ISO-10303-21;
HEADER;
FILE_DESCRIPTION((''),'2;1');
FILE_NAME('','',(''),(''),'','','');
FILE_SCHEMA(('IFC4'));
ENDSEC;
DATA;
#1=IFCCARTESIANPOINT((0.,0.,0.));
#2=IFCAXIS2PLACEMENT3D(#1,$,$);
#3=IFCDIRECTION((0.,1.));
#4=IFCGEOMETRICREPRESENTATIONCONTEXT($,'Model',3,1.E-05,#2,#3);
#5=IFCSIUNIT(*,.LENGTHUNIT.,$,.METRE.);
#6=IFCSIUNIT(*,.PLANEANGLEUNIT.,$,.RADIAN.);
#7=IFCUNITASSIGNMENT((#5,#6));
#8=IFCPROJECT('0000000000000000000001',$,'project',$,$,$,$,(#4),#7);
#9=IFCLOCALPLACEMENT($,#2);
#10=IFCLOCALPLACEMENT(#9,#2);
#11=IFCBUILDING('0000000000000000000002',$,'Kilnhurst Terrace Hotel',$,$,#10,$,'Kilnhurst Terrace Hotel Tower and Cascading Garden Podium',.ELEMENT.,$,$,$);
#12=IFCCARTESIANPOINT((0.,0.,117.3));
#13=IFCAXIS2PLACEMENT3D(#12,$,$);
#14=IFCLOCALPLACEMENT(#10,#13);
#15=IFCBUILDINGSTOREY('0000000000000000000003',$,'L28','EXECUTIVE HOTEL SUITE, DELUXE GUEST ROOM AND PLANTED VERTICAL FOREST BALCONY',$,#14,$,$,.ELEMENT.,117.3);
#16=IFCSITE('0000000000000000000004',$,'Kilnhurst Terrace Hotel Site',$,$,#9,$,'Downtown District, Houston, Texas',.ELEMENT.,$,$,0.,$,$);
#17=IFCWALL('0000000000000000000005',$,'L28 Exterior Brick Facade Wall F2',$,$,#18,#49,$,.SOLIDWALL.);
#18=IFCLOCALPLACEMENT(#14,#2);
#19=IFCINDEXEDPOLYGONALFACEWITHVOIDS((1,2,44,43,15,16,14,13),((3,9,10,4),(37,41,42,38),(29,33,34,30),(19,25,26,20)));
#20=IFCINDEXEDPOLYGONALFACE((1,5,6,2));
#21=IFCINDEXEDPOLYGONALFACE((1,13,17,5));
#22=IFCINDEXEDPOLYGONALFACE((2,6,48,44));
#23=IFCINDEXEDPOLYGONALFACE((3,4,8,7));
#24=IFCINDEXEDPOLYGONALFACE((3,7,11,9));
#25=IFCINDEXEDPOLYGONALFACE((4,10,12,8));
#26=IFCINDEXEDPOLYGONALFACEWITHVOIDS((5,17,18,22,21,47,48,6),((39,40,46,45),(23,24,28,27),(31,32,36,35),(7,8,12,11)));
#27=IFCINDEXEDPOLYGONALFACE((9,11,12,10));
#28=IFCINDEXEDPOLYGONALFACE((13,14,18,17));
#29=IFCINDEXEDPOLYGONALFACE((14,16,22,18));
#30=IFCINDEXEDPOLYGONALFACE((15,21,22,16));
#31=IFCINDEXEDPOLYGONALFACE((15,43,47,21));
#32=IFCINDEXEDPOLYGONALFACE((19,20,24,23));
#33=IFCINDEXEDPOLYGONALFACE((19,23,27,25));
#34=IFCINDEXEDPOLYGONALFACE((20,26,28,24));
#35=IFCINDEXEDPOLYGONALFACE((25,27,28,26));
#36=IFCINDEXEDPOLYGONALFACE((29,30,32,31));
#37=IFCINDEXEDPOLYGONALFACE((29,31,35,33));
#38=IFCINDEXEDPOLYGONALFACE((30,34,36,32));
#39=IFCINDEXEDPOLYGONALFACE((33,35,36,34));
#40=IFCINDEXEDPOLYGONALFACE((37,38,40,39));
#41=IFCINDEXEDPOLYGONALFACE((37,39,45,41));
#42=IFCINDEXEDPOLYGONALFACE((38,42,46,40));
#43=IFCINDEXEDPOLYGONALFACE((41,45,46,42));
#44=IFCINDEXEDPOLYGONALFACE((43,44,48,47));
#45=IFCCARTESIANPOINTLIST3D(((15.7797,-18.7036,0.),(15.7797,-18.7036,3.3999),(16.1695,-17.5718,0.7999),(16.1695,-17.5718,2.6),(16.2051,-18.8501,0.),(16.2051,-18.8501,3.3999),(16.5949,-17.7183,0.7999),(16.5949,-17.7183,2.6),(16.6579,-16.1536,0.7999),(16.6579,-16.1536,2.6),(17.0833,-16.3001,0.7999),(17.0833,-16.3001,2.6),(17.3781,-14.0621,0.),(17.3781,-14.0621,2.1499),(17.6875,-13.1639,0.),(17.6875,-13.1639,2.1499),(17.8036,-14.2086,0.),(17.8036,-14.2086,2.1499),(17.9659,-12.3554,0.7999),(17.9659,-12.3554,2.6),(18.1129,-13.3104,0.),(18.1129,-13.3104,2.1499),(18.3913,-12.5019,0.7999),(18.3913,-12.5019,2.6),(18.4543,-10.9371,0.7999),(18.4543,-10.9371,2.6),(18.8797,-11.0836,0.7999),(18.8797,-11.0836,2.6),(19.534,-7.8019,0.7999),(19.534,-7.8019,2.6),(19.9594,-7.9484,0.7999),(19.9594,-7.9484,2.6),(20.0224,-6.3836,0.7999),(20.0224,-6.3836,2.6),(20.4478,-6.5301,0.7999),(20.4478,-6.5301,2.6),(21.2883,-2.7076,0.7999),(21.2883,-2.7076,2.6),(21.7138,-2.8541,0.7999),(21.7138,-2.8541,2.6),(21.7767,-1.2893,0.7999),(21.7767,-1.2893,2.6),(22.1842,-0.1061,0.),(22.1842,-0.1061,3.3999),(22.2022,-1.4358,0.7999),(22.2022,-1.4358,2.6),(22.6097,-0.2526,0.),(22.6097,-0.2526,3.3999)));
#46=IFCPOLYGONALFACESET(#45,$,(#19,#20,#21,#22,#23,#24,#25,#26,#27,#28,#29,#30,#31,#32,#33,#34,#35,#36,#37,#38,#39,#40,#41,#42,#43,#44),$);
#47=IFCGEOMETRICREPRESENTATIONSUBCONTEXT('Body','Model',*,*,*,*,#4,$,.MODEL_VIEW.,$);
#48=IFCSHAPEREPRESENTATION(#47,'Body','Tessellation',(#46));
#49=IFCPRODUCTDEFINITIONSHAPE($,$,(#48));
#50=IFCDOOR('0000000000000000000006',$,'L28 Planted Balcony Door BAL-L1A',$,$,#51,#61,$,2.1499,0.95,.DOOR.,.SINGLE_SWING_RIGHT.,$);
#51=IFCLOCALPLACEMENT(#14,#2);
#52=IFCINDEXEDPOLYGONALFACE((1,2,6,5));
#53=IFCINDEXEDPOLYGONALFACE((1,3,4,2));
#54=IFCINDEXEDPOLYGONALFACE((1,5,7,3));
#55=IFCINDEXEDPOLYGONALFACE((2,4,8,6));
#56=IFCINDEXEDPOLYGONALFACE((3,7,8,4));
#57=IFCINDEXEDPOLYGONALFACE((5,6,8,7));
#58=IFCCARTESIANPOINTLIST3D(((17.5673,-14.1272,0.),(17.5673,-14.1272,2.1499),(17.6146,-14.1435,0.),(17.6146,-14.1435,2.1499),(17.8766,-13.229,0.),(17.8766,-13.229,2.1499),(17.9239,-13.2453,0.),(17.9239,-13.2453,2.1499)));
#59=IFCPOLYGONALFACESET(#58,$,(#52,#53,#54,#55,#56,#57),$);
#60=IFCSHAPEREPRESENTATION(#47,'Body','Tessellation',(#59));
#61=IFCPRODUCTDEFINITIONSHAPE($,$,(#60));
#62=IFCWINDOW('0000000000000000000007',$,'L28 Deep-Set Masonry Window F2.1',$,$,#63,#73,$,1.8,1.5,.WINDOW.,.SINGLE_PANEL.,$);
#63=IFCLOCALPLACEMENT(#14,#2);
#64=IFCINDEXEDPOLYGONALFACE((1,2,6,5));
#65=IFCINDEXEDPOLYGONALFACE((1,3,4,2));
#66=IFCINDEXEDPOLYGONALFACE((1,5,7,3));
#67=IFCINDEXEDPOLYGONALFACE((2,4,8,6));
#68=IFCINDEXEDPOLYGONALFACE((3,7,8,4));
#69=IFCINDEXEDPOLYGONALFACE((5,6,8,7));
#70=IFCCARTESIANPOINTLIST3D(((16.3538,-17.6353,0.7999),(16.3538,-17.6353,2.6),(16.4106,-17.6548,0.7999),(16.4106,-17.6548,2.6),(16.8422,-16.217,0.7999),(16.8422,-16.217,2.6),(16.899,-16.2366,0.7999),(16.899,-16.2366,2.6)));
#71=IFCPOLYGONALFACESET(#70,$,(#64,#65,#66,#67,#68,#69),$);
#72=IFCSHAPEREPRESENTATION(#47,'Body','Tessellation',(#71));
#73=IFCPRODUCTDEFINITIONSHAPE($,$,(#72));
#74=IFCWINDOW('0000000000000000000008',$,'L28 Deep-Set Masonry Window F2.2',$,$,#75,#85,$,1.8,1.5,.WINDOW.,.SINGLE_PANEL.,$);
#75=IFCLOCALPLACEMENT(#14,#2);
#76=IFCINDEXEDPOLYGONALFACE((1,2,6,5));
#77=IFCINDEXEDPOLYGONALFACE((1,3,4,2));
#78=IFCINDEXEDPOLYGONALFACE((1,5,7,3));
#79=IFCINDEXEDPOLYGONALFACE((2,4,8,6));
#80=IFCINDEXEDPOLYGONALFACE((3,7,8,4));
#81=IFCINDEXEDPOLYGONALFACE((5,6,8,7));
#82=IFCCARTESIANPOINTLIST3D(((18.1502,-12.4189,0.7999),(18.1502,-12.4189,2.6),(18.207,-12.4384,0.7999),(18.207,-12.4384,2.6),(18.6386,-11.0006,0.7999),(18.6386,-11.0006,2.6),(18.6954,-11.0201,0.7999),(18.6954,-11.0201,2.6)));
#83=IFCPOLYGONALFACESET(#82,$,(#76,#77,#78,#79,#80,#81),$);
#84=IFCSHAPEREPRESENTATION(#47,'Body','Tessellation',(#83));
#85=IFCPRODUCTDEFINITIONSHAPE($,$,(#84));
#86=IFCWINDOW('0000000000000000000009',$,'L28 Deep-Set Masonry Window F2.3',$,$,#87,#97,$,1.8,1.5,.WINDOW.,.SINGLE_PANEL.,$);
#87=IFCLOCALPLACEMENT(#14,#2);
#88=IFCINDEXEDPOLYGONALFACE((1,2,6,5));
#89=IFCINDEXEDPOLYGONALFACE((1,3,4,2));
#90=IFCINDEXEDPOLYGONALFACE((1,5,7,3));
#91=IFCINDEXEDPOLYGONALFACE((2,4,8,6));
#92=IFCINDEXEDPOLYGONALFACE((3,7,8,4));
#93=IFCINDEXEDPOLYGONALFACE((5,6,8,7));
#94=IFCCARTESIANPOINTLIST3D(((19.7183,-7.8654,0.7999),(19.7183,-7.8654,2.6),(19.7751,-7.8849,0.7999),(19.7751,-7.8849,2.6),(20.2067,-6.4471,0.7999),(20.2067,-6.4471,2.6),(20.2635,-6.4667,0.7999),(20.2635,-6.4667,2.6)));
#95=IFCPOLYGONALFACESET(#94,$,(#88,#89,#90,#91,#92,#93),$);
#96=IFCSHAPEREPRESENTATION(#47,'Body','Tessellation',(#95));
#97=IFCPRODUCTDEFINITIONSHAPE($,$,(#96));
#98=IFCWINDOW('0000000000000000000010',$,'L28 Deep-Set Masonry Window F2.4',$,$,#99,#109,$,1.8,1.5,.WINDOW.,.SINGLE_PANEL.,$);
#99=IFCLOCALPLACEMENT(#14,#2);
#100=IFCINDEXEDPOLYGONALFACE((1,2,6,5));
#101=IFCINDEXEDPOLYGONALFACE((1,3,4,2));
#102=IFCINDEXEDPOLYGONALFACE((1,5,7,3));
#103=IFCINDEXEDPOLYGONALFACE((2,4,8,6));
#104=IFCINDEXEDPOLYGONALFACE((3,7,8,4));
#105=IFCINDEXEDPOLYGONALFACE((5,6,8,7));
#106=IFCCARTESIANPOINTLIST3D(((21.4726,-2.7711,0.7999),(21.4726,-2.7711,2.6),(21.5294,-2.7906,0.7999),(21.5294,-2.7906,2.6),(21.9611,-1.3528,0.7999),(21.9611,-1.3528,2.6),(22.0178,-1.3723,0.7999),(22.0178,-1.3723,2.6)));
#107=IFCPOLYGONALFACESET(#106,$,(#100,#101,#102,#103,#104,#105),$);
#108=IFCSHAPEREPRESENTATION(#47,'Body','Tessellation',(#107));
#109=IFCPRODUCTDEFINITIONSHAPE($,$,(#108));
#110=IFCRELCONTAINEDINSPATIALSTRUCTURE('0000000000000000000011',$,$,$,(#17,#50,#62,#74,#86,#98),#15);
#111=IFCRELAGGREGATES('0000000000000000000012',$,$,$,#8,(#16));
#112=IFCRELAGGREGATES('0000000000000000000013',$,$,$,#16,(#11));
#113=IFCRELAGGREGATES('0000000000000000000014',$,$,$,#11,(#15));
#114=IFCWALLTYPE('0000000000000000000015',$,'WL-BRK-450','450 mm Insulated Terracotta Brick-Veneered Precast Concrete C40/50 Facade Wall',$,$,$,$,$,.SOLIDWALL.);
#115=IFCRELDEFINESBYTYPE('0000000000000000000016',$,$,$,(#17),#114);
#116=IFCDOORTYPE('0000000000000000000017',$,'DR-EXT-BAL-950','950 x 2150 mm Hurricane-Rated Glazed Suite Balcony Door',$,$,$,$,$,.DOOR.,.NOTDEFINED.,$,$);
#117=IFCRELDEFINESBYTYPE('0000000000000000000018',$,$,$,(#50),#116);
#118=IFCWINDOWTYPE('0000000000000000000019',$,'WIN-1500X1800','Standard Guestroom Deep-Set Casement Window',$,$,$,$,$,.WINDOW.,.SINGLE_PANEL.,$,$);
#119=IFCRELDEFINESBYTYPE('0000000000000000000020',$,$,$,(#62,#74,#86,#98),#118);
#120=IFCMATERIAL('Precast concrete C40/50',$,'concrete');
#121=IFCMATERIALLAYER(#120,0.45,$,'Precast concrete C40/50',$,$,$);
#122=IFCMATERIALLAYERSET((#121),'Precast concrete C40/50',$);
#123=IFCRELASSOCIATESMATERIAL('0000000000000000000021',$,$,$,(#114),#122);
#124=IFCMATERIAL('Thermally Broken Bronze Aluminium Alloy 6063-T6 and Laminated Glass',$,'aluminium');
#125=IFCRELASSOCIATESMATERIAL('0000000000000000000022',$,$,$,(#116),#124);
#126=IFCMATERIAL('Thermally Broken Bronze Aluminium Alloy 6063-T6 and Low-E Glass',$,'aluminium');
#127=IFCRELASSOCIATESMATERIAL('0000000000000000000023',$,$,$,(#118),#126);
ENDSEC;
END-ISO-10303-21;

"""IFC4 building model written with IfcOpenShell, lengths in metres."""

from ifc_helpers import new_model, si_unit, direction, frame, frame_2d, origin, place, context, subcontext, project, spatial, rectangle, extrude, material, layer, layer_set, type_object, element, fill, save


model = new_model("IFC4")

# Units and contexts
model_context = context("Model", 3, precision=1e-05, world=origin(), true_north=direction((0.0, 1.0)))
body_context = subcontext(model_context, "Body", "Model", "MODEL_VIEW")
ifc_project = project(units=[si_unit("LENGTHUNIT", "METRE"), si_unit("PLANEANGLEUNIT", "RADIAN")], contexts=[model_context])

# Site, building, storey
site_placement = place(None, origin())
site = spatial("IfcSite", under=ifc_project, at=site_placement, Name="Kilnhurst Terrace Hotel Site", LongName="Downtown District, Houston, Texas", CompositionType="ELEMENT", RefElevation=0.0)
building_placement = place(site_placement, origin())
building = spatial("IfcBuilding", under=site, at=building_placement, Name="Kilnhurst Terrace Hotel", LongName="Kilnhurst Terrace Hotel Tower and Cascading Garden Podium", CompositionType="ELEMENT")
storey_placement = place(building_placement, frame((0.0, 0.0, 117.3)))
storey = spatial("IfcBuildingStorey", under=building, at=storey_placement, Name="L28", Description="EXECUTIVE HOTEL SUITE, DELUXE GUEST ROOM AND PLANTED VERTICAL FOREST BALCONY", CompositionType="ELEMENT", Elevation=117.3)

# Shared definitions
ifc_material_1 = material(Name="Precast concrete C40/50", Category="concrete")
ifc_layer_1 = layer(ifc_material_1, 0.45, Name="Precast concrete C40/50")
ifc_layer_set_1 = layer_set([ifc_layer_1], Name="Precast concrete C40/50")
wall_type_1 = type_object("IfcWallType", Name="WL-BRK-450", Description="450 mm Insulated Terracotta Brick-Veneered Precast Concrete C40/50 Facade Wall", PredefinedType="SOLIDWALL", material=ifc_layer_set_1)

# Wall, openings, door, windows
wall_1_placement = place(storey_placement, frame((15.9924, -18.7769, 0.0), z_axis=(0.0, 0.0, 1.0), x_axis=(0.325607, 0.945505, 0.0)))
wall_1 = element("IfcWall", 1, at=wall_1_placement, inside=storey, type_object=wall_type_1, Name="L28 Exterior Brick Facade Wall F2", PredefinedType="SOLIDWALL", context=body_context, shape_type="SweptSolid", body=[
    extrude(rectangle(XDim=19.6694, YDim=0.45, at=frame_2d((9.8347, 0.0))), origin(), (0.0, 0.0, 1.0), 3.3999),
])
opening_1_placement = place(wall_1_placement, frame((4.9089, 0.0, 0.0)))
opening_1 = element("IfcOpeningElement", 2, at=opening_1_placement, cuts=wall_1, PredefinedType="OPENING", context=body_context, shape_type="SweptSolid", body=[
    extrude(rectangle(XDim=0.95, YDim=2.1499, at=frame_2d((0.4751, 1.075))), frame((0.0, 0.2349, 0.0), z_axis=(0.0, -1.0, 0.0), x_axis=(1.0, 0.0, 0.0)), (0.0, 0.0, 1.0), 0.47),
])
opening_2_placement = place(wall_1_placement, frame((1.197, 0.0, 0.8)))
opening_2 = element("IfcOpeningElement", 3, at=opening_2_placement, cuts=wall_1, PredefinedType="OPENING", context=body_context, shape_type="SweptSolid", body=[
    extrude(rectangle(XDim=1.5, YDim=1.8, at=frame_2d((0.75, 0.8999))), frame((0.0, 0.2349, 0.0), z_axis=(0.0, -1.0, 0.0), x_axis=(1.0, 0.0, 0.0)), (0.0, 0.0, 1.0), 0.47),
])
opening_3_placement = place(wall_1_placement, frame((6.7141, 0.0, 0.8)))
opening_3 = element("IfcOpeningElement", 4, at=opening_3_placement, cuts=wall_1, PredefinedType="OPENING", context=body_context, shape_type="SweptSolid", body=[
    extrude(rectangle(XDim=1.5, YDim=1.8, at=frame_2d((0.75, 0.8999))), frame((0.0, 0.2349, 0.0), z_axis=(0.0, -1.0, 0.0), x_axis=(1.0, 0.0, 0.0)), (0.0, 0.0, 1.0), 0.47),
])
opening_4_placement = place(wall_1_placement, frame((11.53, 0.0, 0.8)))
opening_4 = element("IfcOpeningElement", 5, at=opening_4_placement, cuts=wall_1, PredefinedType="OPENING", context=body_context, shape_type="SweptSolid", body=[
    extrude(rectangle(XDim=1.5, YDim=1.8, at=frame_2d((0.75, 0.8999))), frame((0.0, 0.2349, 0.0), z_axis=(0.0, -1.0, 0.0), x_axis=(1.0, 0.0, 0.0)), (0.0, 0.0, 1.0), 0.47),
])
opening_5_placement = place(wall_1_placement, frame((16.918, 0.0, 0.8)))
opening_5 = element("IfcOpeningElement", 6, at=opening_5_placement, cuts=wall_1, PredefinedType="OPENING", context=body_context, shape_type="SweptSolid", body=[
    extrude(rectangle(XDim=1.5, YDim=1.8, at=frame_2d((0.75, 0.8999))), frame((0.0, 0.2349, 0.0), z_axis=(0.0, -1.0, 0.0), x_axis=(1.0, 0.0, 0.0)), (0.0, 0.0, 1.0), 0.47),
])
ifc_material_2 = material(Name="Thermally Broken Bronze Aluminium Alloy 6063-T6 and Laminated Glass", Category="aluminium")
door_type_1 = type_object("IfcDoorType", Name="DR-EXT-BAL-950", Description="950 x 2150 mm Hurricane-Rated Glazed Suite Balcony Door", OperationType="NOTDEFINED", PredefinedType="DOOR", material=ifc_material_2)
door_1_placement = place(opening_1_placement, origin())
door_1 = element("IfcDoor", 7, at=door_1_placement, inside=storey, type_object=door_type_1, Name="L28 Planted Balcony Door BAL-L1A", OperationType="SINGLE_SWING_RIGHT", OverallHeight=2.1499, OverallWidth=0.95, PredefinedType="DOOR", context=body_context, shape_type="SweptSolid", body=[
    extrude(rectangle(XDim=0.95, YDim=2.1499, at=frame_2d((0.4751, 1.075))), frame((0.0, 0.0249, 0.0), z_axis=(0.0, -1.0, 0.0), x_axis=(1.0, 0.0, 0.0)), (0.0, 0.0, 1.0), 0.05),
])
fill(opening_1, door_1)
ifc_material_3 = material(Name="Thermally Broken Bronze Aluminium Alloy 6063-T6 and Low-E Glass", Category="aluminium")
window_type = type_object("IfcWindowType", Name="WIN-1500X1800", Description="Standard Guestroom Deep-Set Casement Window", PartitioningType="SINGLE_PANEL", PredefinedType="WINDOW", material=ifc_material_3)
window_1_placement = place(opening_2_placement, origin())
window_1 = element("IfcWindow", 8, at=window_1_placement, inside=storey, type_object=window_type, Name="L28 Deep-Set Masonry Window F2.1", OverallHeight=1.8, OverallWidth=1.5, PartitioningType="SINGLE_PANEL", PredefinedType="WINDOW", context=body_context, shape_type="SweptSolid", body=[
    extrude(rectangle(XDim=1.5, YDim=1.8, at=frame_2d((0.75, 0.8999))), frame((0.0, 0.03, 0.0), z_axis=(0.0, -1.0, 0.0), x_axis=(1.0, 0.0, 0.0)), (0.0, 0.0, 1.0), 0.0601),
])
fill(opening_2, window_1)
window_2_placement = place(opening_3_placement, origin())
window_2 = element("IfcWindow", 9, at=window_2_placement, inside=storey, type_object=window_type, Name="L28 Deep-Set Masonry Window F2.2", OverallHeight=1.8, OverallWidth=1.5, PartitioningType="SINGLE_PANEL", PredefinedType="WINDOW", context=body_context, shape_type="SweptSolid", body=[
    extrude(rectangle(XDim=1.5, YDim=1.8, at=frame_2d((0.75, 0.8999))), frame((0.0, 0.03, 0.0), z_axis=(0.0, -1.0, 0.0), x_axis=(1.0, 0.0, 0.0)), (0.0, 0.0, 1.0), 0.0601),
])
fill(opening_3, window_2)
window_3_placement = place(opening_4_placement, origin())
window_3 = element("IfcWindow", 10, at=window_3_placement, inside=storey, type_object=window_type, Name="L28 Deep-Set Masonry Window F2.3", OverallHeight=1.8, OverallWidth=1.5, PartitioningType="SINGLE_PANEL", PredefinedType="WINDOW", context=body_context, shape_type="SweptSolid", body=[
    extrude(rectangle(XDim=1.5, YDim=1.8, at=frame_2d((0.75, 0.8999))), frame((0.0, 0.03, 0.0), z_axis=(0.0, -1.0, 0.0), x_axis=(1.0, 0.0, 0.0)), (0.0, 0.0, 1.0), 0.0601),
])
fill(opening_4, window_3)
window_4_placement = place(opening_5_placement, origin())
window_4 = element("IfcWindow", 11, at=window_4_placement, inside=storey, type_object=window_type, Name="L28 Deep-Set Masonry Window F2.4", OverallHeight=1.8, OverallWidth=1.5, PartitioningType="SINGLE_PANEL", PredefinedType="WINDOW", context=body_context, shape_type="SweptSolid", body=[
    extrude(rectangle(XDim=1.5, YDim=1.8, at=frame_2d((0.75, 0.8999))), frame((0.0, 0.03, 0.0), z_axis=(0.0, -1.0, 0.0), x_axis=(1.0, 0.0, 0.0)), (0.0, 0.0, 1.0), 0.0601),
])
fill(opening_5, window_4)

save(model, "model.ifc")
